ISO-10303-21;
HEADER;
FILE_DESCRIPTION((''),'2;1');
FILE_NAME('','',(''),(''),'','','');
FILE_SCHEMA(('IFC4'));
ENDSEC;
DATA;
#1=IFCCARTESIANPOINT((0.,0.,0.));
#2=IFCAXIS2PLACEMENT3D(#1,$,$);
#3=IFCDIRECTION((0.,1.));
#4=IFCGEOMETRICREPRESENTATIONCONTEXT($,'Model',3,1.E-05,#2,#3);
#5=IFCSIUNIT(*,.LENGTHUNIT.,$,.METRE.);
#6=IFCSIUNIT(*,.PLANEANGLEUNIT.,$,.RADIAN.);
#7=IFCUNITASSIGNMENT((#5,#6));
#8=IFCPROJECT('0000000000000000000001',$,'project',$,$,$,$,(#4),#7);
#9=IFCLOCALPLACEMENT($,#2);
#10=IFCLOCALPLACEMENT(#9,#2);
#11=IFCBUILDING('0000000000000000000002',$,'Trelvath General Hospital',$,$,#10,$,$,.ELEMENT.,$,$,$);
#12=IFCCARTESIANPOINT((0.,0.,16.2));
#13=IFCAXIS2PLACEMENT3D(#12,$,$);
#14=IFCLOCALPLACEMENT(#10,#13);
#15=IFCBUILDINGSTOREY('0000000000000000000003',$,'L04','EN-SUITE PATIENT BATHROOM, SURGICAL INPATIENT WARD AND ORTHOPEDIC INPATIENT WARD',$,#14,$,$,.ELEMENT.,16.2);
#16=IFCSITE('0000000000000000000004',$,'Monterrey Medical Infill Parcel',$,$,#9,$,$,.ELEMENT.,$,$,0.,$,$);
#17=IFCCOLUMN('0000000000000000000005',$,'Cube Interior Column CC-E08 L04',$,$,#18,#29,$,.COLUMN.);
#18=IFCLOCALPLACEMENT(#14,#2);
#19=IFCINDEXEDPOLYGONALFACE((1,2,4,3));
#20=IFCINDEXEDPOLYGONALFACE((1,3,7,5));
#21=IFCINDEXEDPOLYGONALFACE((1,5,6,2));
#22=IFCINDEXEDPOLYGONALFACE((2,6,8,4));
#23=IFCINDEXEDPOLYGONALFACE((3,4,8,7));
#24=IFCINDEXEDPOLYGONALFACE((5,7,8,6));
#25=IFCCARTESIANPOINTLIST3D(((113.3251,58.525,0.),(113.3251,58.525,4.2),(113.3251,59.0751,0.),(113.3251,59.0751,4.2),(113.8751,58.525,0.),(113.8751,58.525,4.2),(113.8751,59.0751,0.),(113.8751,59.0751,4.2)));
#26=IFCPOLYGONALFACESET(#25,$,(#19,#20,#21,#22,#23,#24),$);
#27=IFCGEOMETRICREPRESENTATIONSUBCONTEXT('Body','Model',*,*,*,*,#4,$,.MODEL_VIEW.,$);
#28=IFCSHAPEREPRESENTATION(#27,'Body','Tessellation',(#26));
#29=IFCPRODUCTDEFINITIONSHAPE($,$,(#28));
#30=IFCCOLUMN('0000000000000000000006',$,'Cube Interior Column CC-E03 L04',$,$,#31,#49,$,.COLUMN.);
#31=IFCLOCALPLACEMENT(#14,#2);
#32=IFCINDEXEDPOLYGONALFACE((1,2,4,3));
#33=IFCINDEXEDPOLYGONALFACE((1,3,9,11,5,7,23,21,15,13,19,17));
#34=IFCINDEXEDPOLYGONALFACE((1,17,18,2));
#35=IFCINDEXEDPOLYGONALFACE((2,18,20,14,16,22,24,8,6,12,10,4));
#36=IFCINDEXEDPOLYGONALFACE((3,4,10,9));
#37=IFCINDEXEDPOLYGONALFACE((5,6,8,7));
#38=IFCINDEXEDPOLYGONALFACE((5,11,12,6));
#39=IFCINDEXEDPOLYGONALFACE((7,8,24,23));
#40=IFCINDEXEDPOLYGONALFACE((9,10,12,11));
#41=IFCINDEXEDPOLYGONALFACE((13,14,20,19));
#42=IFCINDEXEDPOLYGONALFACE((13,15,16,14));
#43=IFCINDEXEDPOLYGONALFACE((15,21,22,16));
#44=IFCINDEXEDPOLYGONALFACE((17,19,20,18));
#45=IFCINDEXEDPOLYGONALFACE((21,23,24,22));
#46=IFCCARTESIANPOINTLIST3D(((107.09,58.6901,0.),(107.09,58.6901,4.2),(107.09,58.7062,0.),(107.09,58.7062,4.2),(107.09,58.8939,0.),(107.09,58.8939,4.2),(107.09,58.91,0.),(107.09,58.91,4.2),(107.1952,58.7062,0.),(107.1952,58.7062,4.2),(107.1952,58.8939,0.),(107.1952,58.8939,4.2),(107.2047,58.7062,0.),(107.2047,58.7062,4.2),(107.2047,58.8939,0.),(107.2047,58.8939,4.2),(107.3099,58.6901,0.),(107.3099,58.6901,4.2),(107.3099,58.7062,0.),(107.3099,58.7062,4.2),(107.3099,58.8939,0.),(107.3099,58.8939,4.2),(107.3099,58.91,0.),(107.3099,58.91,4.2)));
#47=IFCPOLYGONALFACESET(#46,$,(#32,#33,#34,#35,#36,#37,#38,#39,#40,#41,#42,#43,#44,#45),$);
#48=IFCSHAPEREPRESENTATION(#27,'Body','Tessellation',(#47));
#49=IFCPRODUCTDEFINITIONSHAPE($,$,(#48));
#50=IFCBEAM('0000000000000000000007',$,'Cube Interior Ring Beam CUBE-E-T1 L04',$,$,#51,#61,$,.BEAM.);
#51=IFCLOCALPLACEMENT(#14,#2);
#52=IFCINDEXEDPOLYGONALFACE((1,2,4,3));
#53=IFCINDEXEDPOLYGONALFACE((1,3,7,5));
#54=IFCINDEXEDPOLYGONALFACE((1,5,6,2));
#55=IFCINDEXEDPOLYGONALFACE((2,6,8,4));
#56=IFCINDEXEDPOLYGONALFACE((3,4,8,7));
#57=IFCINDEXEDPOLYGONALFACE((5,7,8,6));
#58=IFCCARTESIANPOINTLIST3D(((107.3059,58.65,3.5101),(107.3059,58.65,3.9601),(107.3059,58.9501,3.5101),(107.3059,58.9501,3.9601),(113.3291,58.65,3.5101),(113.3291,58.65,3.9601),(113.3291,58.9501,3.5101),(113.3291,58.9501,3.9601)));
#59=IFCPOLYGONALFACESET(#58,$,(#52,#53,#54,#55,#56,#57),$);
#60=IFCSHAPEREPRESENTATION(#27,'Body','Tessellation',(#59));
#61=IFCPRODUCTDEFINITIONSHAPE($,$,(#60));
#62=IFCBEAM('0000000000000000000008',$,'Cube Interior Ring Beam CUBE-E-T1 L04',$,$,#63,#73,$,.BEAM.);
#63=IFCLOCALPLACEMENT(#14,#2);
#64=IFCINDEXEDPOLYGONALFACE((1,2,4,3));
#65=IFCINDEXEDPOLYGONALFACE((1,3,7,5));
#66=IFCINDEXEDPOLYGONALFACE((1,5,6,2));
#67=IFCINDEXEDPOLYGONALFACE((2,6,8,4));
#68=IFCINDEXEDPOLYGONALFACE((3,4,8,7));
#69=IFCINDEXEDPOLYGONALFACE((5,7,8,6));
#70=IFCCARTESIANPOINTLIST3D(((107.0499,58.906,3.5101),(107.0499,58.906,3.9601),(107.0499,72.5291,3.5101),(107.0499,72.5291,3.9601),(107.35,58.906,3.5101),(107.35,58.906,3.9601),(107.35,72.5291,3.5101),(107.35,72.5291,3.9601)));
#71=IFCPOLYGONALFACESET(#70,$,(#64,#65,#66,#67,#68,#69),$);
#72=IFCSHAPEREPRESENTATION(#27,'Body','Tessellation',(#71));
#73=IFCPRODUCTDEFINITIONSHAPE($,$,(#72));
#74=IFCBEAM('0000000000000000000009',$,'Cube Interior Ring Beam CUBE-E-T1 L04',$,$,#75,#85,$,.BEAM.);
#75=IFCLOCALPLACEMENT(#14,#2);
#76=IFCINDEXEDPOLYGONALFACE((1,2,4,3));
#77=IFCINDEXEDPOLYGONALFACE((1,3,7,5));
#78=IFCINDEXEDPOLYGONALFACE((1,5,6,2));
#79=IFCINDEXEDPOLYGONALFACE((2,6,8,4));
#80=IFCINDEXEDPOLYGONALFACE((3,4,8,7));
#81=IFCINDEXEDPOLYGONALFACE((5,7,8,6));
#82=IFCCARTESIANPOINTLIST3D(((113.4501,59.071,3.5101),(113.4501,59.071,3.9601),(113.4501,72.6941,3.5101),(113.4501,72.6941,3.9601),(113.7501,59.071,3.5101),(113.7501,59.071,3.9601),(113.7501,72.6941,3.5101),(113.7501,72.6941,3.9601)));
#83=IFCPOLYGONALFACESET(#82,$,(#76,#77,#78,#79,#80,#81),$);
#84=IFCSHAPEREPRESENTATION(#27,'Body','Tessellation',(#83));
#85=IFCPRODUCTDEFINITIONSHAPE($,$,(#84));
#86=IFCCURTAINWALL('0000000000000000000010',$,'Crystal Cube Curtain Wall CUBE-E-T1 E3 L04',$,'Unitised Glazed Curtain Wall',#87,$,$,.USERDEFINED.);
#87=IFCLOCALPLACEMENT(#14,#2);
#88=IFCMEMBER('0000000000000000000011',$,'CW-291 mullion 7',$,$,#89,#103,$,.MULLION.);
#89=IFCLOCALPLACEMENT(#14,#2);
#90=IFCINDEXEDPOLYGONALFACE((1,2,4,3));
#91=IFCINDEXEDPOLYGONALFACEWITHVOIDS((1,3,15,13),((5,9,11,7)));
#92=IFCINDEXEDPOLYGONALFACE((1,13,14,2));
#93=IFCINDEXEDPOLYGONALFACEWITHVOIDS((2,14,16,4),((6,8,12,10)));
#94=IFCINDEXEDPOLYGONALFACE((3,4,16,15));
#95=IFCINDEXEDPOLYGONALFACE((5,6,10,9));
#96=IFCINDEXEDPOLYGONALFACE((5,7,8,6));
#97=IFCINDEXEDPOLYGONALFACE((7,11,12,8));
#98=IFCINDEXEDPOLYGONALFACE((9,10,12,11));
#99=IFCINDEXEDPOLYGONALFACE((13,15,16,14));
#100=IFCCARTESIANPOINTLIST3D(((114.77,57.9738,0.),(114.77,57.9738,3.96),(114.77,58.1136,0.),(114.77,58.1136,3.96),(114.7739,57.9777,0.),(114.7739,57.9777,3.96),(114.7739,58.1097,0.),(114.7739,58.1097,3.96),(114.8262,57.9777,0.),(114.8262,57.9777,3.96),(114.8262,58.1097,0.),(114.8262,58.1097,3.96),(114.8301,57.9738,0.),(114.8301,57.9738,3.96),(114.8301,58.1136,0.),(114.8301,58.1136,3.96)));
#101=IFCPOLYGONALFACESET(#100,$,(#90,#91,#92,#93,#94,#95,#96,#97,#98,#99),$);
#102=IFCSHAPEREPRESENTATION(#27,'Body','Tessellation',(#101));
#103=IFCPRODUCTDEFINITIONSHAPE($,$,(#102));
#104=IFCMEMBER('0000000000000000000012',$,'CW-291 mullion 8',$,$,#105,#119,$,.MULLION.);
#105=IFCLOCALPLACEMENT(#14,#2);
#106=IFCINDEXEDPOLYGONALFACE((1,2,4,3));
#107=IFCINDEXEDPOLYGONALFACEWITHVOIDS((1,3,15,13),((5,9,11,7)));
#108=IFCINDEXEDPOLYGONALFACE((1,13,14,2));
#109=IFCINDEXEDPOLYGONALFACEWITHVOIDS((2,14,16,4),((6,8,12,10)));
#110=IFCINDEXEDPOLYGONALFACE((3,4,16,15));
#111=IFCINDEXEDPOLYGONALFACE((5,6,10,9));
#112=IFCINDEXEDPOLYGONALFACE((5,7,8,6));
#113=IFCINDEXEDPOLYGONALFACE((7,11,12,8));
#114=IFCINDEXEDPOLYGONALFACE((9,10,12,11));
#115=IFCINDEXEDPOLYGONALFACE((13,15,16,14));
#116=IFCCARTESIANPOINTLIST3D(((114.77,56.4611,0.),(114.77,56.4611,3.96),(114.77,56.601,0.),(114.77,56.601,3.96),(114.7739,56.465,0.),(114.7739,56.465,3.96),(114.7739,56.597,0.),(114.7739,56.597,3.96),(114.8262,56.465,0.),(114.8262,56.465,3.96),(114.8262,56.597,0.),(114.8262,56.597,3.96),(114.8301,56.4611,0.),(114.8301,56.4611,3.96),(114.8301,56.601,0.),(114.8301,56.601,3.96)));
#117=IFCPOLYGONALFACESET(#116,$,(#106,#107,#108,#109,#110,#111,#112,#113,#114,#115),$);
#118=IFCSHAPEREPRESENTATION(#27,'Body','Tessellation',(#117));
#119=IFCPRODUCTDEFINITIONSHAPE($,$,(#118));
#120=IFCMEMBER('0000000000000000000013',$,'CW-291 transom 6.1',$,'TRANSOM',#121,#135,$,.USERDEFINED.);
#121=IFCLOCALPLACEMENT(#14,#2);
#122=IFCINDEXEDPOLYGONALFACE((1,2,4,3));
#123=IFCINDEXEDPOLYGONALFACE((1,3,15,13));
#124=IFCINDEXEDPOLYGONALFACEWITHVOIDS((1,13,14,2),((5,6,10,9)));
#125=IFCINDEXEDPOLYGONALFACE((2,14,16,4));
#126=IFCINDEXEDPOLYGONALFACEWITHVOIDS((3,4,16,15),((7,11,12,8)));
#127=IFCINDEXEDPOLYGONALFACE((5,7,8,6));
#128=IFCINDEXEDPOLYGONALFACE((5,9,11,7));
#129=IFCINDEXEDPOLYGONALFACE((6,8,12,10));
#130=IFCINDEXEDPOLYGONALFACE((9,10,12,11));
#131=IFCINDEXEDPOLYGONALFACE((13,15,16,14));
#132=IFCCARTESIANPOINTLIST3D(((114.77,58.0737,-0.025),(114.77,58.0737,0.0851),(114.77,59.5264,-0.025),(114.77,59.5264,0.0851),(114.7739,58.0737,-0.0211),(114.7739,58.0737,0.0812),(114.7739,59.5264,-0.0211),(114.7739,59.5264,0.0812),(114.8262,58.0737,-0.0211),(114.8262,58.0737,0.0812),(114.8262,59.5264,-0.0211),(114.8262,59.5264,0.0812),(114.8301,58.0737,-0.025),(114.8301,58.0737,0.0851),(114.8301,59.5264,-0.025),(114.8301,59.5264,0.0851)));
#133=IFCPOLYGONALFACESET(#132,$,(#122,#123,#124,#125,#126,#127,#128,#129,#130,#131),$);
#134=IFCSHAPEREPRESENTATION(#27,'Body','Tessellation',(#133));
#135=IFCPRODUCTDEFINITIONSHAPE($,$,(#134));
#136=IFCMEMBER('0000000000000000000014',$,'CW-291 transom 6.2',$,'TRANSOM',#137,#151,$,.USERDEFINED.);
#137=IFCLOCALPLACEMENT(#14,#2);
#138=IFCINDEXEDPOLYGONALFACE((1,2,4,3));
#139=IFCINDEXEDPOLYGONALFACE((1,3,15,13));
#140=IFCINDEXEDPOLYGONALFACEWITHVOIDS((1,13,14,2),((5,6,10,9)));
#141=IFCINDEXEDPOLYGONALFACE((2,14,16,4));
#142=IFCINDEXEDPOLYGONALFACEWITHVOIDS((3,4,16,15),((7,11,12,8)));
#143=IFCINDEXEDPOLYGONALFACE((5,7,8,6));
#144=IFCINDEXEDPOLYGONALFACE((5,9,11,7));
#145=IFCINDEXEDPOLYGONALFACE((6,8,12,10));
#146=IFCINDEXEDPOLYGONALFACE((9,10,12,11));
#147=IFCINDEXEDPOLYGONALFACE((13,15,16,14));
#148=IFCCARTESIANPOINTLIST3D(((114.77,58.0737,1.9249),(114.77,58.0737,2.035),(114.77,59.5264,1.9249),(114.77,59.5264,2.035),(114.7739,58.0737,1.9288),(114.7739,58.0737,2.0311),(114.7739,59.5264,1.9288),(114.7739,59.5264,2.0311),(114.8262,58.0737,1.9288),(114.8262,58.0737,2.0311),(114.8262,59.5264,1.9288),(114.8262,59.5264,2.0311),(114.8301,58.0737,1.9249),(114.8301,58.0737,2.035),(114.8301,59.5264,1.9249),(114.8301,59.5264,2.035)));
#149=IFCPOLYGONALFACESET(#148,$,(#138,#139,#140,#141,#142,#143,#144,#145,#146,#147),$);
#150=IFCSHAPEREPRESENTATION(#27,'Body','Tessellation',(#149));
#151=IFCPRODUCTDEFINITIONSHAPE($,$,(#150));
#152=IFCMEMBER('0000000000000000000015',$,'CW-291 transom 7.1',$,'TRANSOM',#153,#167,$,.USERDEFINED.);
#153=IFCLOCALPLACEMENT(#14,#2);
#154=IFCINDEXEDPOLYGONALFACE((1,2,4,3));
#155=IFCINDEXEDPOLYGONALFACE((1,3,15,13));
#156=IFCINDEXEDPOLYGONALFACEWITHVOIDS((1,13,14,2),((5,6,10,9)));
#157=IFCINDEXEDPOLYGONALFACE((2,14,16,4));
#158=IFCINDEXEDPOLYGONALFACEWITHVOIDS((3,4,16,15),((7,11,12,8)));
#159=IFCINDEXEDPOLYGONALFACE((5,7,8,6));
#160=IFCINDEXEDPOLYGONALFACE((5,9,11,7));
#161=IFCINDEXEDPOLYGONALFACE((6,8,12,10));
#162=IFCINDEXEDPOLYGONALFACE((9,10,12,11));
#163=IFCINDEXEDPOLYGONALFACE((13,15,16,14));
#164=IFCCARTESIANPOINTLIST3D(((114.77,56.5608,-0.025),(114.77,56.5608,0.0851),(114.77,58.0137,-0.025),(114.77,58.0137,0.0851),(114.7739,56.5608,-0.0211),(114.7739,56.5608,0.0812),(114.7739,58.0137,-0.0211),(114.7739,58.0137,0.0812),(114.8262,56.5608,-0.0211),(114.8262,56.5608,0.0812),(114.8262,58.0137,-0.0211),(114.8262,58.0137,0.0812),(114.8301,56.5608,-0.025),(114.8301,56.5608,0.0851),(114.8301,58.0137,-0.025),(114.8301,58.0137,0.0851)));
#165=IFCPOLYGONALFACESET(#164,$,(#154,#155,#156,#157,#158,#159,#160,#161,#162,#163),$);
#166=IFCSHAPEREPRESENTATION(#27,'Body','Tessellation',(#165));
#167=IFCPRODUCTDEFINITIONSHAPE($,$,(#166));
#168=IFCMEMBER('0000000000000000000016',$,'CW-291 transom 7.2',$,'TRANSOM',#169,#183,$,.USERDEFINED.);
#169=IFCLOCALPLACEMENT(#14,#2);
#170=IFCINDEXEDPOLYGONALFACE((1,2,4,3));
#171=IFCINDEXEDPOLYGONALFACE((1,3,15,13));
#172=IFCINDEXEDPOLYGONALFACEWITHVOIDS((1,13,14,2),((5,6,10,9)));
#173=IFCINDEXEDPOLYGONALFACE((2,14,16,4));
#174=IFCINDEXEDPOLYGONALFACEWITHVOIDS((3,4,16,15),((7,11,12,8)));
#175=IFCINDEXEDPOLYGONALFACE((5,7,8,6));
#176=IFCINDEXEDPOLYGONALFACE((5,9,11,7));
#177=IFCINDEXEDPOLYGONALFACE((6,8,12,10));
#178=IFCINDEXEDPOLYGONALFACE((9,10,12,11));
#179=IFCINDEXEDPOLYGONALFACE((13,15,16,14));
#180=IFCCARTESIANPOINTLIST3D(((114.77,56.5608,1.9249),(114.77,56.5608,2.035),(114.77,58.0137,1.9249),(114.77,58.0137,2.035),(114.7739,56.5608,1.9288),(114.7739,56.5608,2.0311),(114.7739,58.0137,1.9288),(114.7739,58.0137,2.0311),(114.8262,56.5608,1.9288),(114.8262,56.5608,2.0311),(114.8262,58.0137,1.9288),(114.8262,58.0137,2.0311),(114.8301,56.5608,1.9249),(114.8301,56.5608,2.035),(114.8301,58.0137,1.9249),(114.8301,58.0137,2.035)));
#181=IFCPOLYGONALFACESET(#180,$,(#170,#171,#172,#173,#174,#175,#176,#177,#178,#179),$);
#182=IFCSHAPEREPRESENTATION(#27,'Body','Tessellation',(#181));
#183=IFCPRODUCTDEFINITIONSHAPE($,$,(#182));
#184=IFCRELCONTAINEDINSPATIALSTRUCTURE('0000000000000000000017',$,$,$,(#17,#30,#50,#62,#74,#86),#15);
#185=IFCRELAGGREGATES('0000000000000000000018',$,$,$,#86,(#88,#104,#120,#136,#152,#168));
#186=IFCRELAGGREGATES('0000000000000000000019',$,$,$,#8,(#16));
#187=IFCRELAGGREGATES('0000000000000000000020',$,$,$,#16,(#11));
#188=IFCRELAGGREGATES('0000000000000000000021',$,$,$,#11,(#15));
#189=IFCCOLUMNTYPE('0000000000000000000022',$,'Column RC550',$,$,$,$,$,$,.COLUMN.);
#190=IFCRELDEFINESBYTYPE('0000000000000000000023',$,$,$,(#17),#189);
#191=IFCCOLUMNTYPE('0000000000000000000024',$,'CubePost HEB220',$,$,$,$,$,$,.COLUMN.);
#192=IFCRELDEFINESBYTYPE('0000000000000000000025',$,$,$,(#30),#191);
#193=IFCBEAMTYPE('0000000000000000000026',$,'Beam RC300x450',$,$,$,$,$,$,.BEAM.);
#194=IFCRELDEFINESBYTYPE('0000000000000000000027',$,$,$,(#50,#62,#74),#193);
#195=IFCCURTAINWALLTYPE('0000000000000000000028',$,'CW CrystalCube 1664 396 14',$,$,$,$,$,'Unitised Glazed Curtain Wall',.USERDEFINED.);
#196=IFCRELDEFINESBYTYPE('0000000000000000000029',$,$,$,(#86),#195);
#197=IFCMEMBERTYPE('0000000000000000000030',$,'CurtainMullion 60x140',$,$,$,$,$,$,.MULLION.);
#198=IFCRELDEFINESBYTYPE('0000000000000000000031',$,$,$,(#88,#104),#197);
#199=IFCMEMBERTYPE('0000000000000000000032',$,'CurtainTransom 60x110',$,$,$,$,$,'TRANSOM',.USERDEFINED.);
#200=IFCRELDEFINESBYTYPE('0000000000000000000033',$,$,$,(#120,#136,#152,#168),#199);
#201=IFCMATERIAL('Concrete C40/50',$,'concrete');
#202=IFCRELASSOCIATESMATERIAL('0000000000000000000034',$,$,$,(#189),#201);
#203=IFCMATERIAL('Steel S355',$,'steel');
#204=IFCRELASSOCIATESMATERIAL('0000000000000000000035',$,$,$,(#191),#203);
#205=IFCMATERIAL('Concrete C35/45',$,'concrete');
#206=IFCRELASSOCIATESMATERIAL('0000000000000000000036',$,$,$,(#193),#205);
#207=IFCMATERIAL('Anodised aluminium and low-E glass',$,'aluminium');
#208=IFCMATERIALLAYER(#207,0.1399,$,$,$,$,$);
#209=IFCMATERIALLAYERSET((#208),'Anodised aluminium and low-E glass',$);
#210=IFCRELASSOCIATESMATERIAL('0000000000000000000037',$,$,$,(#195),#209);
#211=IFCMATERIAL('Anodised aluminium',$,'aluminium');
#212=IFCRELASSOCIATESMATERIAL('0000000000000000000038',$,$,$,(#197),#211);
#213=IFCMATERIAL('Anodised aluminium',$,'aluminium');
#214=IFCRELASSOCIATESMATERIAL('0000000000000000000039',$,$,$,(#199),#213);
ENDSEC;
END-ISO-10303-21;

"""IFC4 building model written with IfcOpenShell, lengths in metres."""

from ifc_helpers import new_model, si_unit, direction, frame, origin, origin_2d, place, context, subcontext, project, spatial, rectangle, hollow_rectangle, i_section, extrude, material, layer, layer_set, material_profile, profile_set, type_object, element, aggregate, save


model = new_model("IFC4")

# Units and contexts
model_context = context("Model", 3, precision=1e-05, world=origin(), true_north=direction((0.0, 1.0)))
body_context = subcontext(model_context, "Body", "Model", "MODEL_VIEW")
ifc_project = project(units=[si_unit("LENGTHUNIT", "METRE"), si_unit("PLANEANGLEUNIT", "RADIAN")], contexts=[model_context])

# Site, building, storey
site_placement = place(None, origin())
site = spatial("IfcSite", under=ifc_project, at=site_placement, Name="Monterrey Medical Infill Parcel", CompositionType="ELEMENT", RefElevation=0.0)
building_placement = place(site_placement, origin())
building = spatial("IfcBuilding", under=site, at=building_placement, Name="Trelvath General Hospital", CompositionType="ELEMENT")
storey_placement = place(building_placement, frame((0.0, 0.0, 16.2)))
storey = spatial("IfcBuildingStorey", under=building, at=storey_placement, Name="L04", Description="EN-SUITE PATIENT BATHROOM, SURGICAL INPATIENT WARD AND ORTHOPEDIC INPATIENT WARD", CompositionType="ELEMENT", Elevation=16.2)

# Columns
ifc_material_1 = material(Name="Concrete C40/50", Category="concrete")
ifc_material_profile_1 = material_profile(ifc_material_1, rectangle(XDim=0.55, YDim=0.55, at=origin_2d()), Name="RC550x550")
ifc_profile_set_1 = profile_set([ifc_material_profile_1], Name="Concrete C40/50")
column_type_1 = type_object("IfcColumnType", Name="Column RC550", PredefinedType="COLUMN", material=ifc_profile_set_1)
column_1_placement = place(storey_placement, frame((113.6001, 58.8, 0.0), z_axis=(0.0, 0.0, 1.0), x_axis=(1.0, 0.0, 0.0)))
element("IfcColumn", 1, at=column_1_placement, inside=storey, type_object=column_type_1, Name="Cube Interior Column CC-E08 L04", PredefinedType="COLUMN", context=body_context, shape_type="SweptSolid", body=[
    extrude(rectangle(XDim=0.55, YDim=0.55, at=origin_2d()), origin(), (0.0, 0.0, 1.0), 4.2),
])
ifc_material_2 = material(Name="Steel S355", Category="steel")
ifc_material_profile_2 = material_profile(ifc_material_2, i_section(OverallWidth=0.22, OverallDepth=0.22, WebThickness=0.0095, FlangeThickness=0.0161, at=origin_2d()), Name="HEB220")
ifc_profile_set_2 = profile_set([ifc_material_profile_2], Name="Steel S355")
column_type_2 = type_object("IfcColumnType", Name="CubePost HEB220", PredefinedType="COLUMN", material=ifc_profile_set_2)
column_2_placement = place(storey_placement, frame((107.2, 58.8, 0.0), z_axis=(0.0, 0.0, 1.0), x_axis=(1.0, 0.0, 0.0)))
element("IfcColumn", 2, at=column_2_placement, inside=storey, type_object=column_type_2, Name="Cube Interior Column CC-E03 L04", PredefinedType="COLUMN", context=body_context, shape_type="SweptSolid", body=[
    extrude(i_section(OverallWidth=0.22, OverallDepth=0.22, WebThickness=0.0095, FlangeThickness=0.0161, at=origin_2d()), origin(), (0.0, 0.0, 1.0), 4.2),
])

# Beams
ifc_material_3 = material(Name="Concrete C35/45", Category="concrete")
ifc_material_profile_3 = material_profile(ifc_material_3, rectangle(XDim=0.3, YDim=0.45, at=origin_2d()), Name="RCB300x450")
ifc_profile_set_3 = profile_set([ifc_material_profile_3], Name="Concrete C35/45")
beam_type = type_object("IfcBeamType", Name="Beam RC300x450", PredefinedType="BEAM", material=ifc_profile_set_3)
beam_placement = place(storey_placement, frame((107.3059, 58.8, 3.7351), z_axis=(1.0, 0.0, 0.0), x_axis=(0.0, 1.0, 0.0)))
element("IfcBeam", 3, at=beam_placement, inside=storey, type_object=beam_type, Name="Cube Interior Ring Beam CUBE-E-T1 L04", PredefinedType="BEAM", context=body_context, shape_type="SweptSolid", body=[
    extrude(rectangle(XDim=0.3, YDim=0.45, at=origin_2d()), origin(), (0.0, 0.0, 1.0), 6.0232),
])
for number, where, z_axis, x_axis, name in (
    (4, (107.2, 58.906, 3.7351), (0.0, 1.0, 0.0), (-1.0, 0.0, 0.0), "Cube Interior Ring Beam CUBE-E-T1 L04"),
    (5, (113.6001, 59.071, 3.7351), (0.0, 1.0, 0.0), (-1.0, 0.0, 0.0), "Cube Interior Ring Beam CUBE-E-T1 L04"),
):
    element("IfcBeam", number, at=place(storey_placement, frame(where, z_axis=z_axis, x_axis=x_axis)), inside=storey, type_object=beam_type, Name=name, PredefinedType="BEAM", context=body_context, shape_type="SweptSolid", body=[
        extrude(rectangle(XDim=0.3, YDim=0.45, at=origin_2d()), origin(), (0.0, 0.0, 1.0), 13.623),
    ])

# Curtain wall, members
ifc_material_4 = material(Name="Anodised aluminium and low-E glass", Category="aluminium")
ifc_layer_1 = layer(ifc_material_4, 0.1399)
ifc_layer_set_1 = layer_set([ifc_layer_1], Name="Anodised aluminium and low-E glass")
curtain_wall_type = type_object("IfcCurtainWallType", Name="CW CrystalCube 1664 396 14", ElementType="Unitised Glazed Curtain Wall", PredefinedType="USERDEFINED", material=ifc_layer_set_1)
curtain_wall_placement = place(storey_placement, origin())
curtain_wall = element("IfcCurtainWall", 6, at=curtain_wall_placement, inside=storey, type_object=curtain_wall_type, Name="Crystal Cube Curtain Wall CUBE-E-T1 E3 L04", ObjectType="Unitised Glazed Curtain Wall", PredefinedType="USERDEFINED")
ifc_material_5 = material(Name="Anodised aluminium", Category="aluminium")
ifc_material_profile_4 = material_profile(ifc_material_5, hollow_rectangle(XDim=0.0601, YDim=0.1399, WallThickness=0.0039, at=origin_2d()), Name="RHS60x140x4")
ifc_profile_set_4 = profile_set([ifc_material_profile_4], Name="Anodised aluminium")
member_type_1 = type_object("IfcMemberType", Name="CurtainMullion 60x140", PredefinedType="MULLION", material=ifc_profile_set_4)
member_1_placement = place(storey_placement, frame((114.8, 58.0437, 0.0), z_axis=(0.0, 0.0, 1.0), x_axis=(1.0, 0.0, 0.0)))
member_1 = element("IfcMember", 7, at=member_1_placement, type_object=member_type_1, Name="CW-291 mullion 7", PredefinedType="MULLION", context=body_context, shape_type="SweptSolid", body=[
    extrude(hollow_rectangle(XDim=0.0601, YDim=0.1399, WallThickness=0.0039, at=origin_2d()), origin(), (0.0, 0.0, 1.0), 3.96),
])
member_2_placement = place(storey_placement, frame((114.8, 56.531, 0.0), z_axis=(0.0, 0.0, 1.0), x_axis=(1.0, 0.0, 0.0)))
member_2 = element("IfcMember", 8, at=member_2_placement, type_object=member_type_1, Name="CW-291 mullion 8", PredefinedType="MULLION", context=body_context, shape_type="SweptSolid", body=[
    extrude(hollow_rectangle(XDim=0.0601, YDim=0.1399, WallThickness=0.0039, at=origin_2d()), origin(), (0.0, 0.0, 1.0), 3.96),
])
ifc_material_6 = material(Name="Anodised aluminium", Category="aluminium")
ifc_material_profile_5 = material_profile(ifc_material_6, hollow_rectangle(XDim=0.0601, YDim=0.1101, WallThickness=0.0039, at=origin_2d()), Name="RHS60x110x4")
ifc_profile_set_5 = profile_set([ifc_material_profile_5], Name="Anodised aluminium")
member_type_2 = type_object("IfcMemberType", Name="CurtainTransom 60x110", ElementType="TRANSOM", PredefinedType="USERDEFINED", material=ifc_profile_set_5)
member_3_placement = place(storey_placement, frame((114.8, 59.5264, 0.03), z_axis=(0.0, -1.0, 0.0), x_axis=(1.0, 0.0, 0.0)))
member_3 = element("IfcMember", 9, at=member_3_placement, type_object=member_type_2, Name="CW-291 transom 6.1", ObjectType="TRANSOM", PredefinedType="USERDEFINED", context=body_context, shape_type="SweptSolid", body=[
    extrude(hollow_rectangle(XDim=0.0601, YDim=0.1101, WallThickness=0.0039, at=origin_2d()), origin(), (0.0, 0.0, 1.0), 1.4526),
])
member_4_placement = place(storey_placement, frame((114.8, 59.5264, 1.98), z_axis=(0.0, -1.0, 0.0), x_axis=(1.0, 0.0, 0.0)))
member_4 = element("IfcMember", 10, at=member_4_placement, type_object=member_type_2, Name="CW-291 transom 6.2", ObjectType="TRANSOM", PredefinedType="USERDEFINED", context=body_context, shape_type="SweptSolid", body=[
    extrude(hollow_rectangle(XDim=0.0601, YDim=0.1101, WallThickness=0.0039, at=origin_2d()), origin(), (0.0, 0.0, 1.0), 1.4526),
])
member_5_placement = place(storey_placement, frame((114.8, 58.0137, 0.03), z_axis=(0.0, -1.0, 0.0), x_axis=(1.0, 0.0, 0.0)))
member_5 = element("IfcMember", 11, at=member_5_placement, type_object=member_type_2, Name="CW-291 transom 7.1", ObjectType="TRANSOM", PredefinedType="USERDEFINED", context=body_context, shape_type="SweptSolid", body=[
    extrude(hollow_rectangle(XDim=0.0601, YDim=0.1101, WallThickness=0.0039, at=origin_2d()), origin(), (0.0, 0.0, 1.0), 1.4529),
])
member_6_placement = place(storey_placement, frame((114.8, 58.0137, 1.98), z_axis=(0.0, -1.0, 0.0), x_axis=(1.0, 0.0, 0.0)))
member_6 = element("IfcMember", 12, at=member_6_placement, type_object=member_type_2, Name="CW-291 transom 7.2", ObjectType="TRANSOM", PredefinedType="USERDEFINED", context=body_context, shape_type="SweptSolid", body=[
    extrude(hollow_rectangle(XDim=0.0601, YDim=0.1101, WallThickness=0.0039, at=origin_2d()), origin(), (0.0, 0.0, 1.0), 1.4529),
])
aggregate(curtain_wall, [member_1, member_2, member_3, member_4, member_5, member_6])

save(model, "model.ifc")
